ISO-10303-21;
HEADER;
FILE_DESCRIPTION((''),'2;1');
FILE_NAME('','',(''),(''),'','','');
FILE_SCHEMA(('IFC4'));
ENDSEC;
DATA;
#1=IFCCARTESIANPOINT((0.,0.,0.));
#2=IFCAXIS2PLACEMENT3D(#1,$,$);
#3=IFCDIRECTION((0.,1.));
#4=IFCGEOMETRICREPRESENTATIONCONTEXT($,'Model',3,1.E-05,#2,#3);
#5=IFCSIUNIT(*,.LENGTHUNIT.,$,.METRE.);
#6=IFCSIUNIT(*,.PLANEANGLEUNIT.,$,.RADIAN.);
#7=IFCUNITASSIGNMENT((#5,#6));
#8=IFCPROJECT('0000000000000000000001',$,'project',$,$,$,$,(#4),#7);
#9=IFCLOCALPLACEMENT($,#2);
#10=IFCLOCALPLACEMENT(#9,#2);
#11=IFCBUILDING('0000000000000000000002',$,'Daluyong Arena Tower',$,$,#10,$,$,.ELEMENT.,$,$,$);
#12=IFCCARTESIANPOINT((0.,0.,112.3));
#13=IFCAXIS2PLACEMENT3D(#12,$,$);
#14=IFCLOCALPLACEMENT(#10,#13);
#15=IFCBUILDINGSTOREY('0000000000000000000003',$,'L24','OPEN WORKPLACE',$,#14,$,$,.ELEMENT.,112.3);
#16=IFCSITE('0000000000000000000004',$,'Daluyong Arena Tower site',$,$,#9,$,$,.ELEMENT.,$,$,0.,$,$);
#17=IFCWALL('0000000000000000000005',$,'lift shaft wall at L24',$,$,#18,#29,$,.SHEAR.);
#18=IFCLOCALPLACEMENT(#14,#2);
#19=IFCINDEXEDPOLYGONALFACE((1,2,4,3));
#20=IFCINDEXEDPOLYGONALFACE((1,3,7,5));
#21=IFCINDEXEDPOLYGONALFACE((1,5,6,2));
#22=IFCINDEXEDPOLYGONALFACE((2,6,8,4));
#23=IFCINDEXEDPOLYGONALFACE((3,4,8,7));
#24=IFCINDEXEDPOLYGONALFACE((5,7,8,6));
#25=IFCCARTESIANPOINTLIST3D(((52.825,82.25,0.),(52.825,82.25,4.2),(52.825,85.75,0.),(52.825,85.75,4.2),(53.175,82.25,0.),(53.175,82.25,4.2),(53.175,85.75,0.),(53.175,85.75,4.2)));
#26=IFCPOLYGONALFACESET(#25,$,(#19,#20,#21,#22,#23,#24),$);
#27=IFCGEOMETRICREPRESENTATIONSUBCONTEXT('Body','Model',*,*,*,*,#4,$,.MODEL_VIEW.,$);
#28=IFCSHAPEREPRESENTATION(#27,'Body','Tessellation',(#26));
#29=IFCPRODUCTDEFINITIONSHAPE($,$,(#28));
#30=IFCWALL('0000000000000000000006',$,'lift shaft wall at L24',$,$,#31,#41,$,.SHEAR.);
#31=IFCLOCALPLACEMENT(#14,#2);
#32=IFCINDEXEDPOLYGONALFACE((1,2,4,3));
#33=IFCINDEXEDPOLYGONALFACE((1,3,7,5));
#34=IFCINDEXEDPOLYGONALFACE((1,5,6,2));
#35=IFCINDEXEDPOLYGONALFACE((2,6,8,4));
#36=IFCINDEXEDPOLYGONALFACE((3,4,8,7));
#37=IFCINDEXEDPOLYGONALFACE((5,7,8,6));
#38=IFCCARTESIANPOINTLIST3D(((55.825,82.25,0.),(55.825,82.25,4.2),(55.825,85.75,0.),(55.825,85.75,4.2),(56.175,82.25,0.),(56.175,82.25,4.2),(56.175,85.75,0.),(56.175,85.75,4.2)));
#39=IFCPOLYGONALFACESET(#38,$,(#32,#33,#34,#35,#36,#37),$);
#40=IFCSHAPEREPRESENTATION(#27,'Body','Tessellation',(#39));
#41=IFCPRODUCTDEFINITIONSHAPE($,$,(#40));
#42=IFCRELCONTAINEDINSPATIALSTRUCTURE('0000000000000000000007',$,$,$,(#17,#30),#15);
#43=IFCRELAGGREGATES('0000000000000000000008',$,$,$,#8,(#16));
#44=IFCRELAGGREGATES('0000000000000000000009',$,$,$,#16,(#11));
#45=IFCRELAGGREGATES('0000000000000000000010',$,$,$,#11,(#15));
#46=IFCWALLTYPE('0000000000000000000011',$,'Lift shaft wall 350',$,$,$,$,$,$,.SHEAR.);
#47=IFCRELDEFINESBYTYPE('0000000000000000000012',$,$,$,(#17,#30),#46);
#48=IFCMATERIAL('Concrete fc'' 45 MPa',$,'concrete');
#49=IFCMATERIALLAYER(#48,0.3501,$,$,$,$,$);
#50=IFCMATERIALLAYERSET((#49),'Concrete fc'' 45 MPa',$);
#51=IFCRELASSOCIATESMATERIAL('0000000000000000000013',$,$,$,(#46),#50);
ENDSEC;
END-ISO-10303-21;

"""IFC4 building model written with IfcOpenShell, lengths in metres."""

from ifc_helpers import new_model, si_unit, direction, frame, frame_2d, origin, place, context, subcontext, project, spatial, rectangle, extrude, material, layer, layer_set, type_object, element, save


model = new_model("IFC4")

# Units and contexts
model_context = context("Model", 3, precision=1e-05, world=origin(), true_north=direction((0.0, 1.0)))
body_context = subcontext(model_context, "Body", "Model", "MODEL_VIEW")
ifc_project = project(units=[si_unit("LENGTHUNIT", "METRE"), si_unit("PLANEANGLEUNIT", "RADIAN")], contexts=[model_context])

# Site, building, storey
site_placement = place(None, origin())
site = spatial("IfcSite", under=ifc_project, at=site_placement, Name="Daluyong Arena Tower site", CompositionType="ELEMENT", RefElevation=0.0)
building_placement = place(site_placement, origin())
building = spatial("IfcBuilding", under=site, at=building_placement, Name="Daluyong Arena Tower", CompositionType="ELEMENT")
storey_placement = place(building_placement, frame((0.0, 0.0, 112.3)))
storey = spatial("IfcBuildingStorey", under=building, at=storey_placement, Name="L24", Description="OPEN WORKPLACE", CompositionType="ELEMENT", Elevation=112.3)

# Walls
ifc_material_1 = material(Name="Concrete fc' 45 MPa", Category="concrete")
ifc_layer_1 = layer(ifc_material_1, 0.3501)
ifc_layer_set_1 = layer_set([ifc_layer_1], Name="Concrete fc' 45 MPa")
wall_type_1 = type_object("IfcWallType", Name="Lift shaft wall 350", PredefinedType="SHEAR", material=ifc_layer_set_1)
for number, where, z_axis, x_axis, name in (
    (1, (53.0, 82.25, 0.0), (0.0, 0.0, 1.0), (0.0, 1.0, 0.0), "lift shaft wall at L24"),
    (2, (56.0, 82.25, 0.0), (0.0, 0.0, 1.0), (0.0, 1.0, 0.0), "lift shaft wall at L24"),
):
    element("IfcWall", number, at=place(storey_placement, frame(where, z_axis=z_axis, x_axis=x_axis)), inside=storey, type_object=wall_type_1, Name=name, PredefinedType="SHEAR", context=body_context, shape_type="SweptSolid", body=[
        extrude(rectangle(XDim=3.5, YDim=0.3501, at=frame_2d((1.75, 0.0))), origin(), (0.0, 0.0, 1.0), 4.2),
    ])

save(model, "model.ifc")
